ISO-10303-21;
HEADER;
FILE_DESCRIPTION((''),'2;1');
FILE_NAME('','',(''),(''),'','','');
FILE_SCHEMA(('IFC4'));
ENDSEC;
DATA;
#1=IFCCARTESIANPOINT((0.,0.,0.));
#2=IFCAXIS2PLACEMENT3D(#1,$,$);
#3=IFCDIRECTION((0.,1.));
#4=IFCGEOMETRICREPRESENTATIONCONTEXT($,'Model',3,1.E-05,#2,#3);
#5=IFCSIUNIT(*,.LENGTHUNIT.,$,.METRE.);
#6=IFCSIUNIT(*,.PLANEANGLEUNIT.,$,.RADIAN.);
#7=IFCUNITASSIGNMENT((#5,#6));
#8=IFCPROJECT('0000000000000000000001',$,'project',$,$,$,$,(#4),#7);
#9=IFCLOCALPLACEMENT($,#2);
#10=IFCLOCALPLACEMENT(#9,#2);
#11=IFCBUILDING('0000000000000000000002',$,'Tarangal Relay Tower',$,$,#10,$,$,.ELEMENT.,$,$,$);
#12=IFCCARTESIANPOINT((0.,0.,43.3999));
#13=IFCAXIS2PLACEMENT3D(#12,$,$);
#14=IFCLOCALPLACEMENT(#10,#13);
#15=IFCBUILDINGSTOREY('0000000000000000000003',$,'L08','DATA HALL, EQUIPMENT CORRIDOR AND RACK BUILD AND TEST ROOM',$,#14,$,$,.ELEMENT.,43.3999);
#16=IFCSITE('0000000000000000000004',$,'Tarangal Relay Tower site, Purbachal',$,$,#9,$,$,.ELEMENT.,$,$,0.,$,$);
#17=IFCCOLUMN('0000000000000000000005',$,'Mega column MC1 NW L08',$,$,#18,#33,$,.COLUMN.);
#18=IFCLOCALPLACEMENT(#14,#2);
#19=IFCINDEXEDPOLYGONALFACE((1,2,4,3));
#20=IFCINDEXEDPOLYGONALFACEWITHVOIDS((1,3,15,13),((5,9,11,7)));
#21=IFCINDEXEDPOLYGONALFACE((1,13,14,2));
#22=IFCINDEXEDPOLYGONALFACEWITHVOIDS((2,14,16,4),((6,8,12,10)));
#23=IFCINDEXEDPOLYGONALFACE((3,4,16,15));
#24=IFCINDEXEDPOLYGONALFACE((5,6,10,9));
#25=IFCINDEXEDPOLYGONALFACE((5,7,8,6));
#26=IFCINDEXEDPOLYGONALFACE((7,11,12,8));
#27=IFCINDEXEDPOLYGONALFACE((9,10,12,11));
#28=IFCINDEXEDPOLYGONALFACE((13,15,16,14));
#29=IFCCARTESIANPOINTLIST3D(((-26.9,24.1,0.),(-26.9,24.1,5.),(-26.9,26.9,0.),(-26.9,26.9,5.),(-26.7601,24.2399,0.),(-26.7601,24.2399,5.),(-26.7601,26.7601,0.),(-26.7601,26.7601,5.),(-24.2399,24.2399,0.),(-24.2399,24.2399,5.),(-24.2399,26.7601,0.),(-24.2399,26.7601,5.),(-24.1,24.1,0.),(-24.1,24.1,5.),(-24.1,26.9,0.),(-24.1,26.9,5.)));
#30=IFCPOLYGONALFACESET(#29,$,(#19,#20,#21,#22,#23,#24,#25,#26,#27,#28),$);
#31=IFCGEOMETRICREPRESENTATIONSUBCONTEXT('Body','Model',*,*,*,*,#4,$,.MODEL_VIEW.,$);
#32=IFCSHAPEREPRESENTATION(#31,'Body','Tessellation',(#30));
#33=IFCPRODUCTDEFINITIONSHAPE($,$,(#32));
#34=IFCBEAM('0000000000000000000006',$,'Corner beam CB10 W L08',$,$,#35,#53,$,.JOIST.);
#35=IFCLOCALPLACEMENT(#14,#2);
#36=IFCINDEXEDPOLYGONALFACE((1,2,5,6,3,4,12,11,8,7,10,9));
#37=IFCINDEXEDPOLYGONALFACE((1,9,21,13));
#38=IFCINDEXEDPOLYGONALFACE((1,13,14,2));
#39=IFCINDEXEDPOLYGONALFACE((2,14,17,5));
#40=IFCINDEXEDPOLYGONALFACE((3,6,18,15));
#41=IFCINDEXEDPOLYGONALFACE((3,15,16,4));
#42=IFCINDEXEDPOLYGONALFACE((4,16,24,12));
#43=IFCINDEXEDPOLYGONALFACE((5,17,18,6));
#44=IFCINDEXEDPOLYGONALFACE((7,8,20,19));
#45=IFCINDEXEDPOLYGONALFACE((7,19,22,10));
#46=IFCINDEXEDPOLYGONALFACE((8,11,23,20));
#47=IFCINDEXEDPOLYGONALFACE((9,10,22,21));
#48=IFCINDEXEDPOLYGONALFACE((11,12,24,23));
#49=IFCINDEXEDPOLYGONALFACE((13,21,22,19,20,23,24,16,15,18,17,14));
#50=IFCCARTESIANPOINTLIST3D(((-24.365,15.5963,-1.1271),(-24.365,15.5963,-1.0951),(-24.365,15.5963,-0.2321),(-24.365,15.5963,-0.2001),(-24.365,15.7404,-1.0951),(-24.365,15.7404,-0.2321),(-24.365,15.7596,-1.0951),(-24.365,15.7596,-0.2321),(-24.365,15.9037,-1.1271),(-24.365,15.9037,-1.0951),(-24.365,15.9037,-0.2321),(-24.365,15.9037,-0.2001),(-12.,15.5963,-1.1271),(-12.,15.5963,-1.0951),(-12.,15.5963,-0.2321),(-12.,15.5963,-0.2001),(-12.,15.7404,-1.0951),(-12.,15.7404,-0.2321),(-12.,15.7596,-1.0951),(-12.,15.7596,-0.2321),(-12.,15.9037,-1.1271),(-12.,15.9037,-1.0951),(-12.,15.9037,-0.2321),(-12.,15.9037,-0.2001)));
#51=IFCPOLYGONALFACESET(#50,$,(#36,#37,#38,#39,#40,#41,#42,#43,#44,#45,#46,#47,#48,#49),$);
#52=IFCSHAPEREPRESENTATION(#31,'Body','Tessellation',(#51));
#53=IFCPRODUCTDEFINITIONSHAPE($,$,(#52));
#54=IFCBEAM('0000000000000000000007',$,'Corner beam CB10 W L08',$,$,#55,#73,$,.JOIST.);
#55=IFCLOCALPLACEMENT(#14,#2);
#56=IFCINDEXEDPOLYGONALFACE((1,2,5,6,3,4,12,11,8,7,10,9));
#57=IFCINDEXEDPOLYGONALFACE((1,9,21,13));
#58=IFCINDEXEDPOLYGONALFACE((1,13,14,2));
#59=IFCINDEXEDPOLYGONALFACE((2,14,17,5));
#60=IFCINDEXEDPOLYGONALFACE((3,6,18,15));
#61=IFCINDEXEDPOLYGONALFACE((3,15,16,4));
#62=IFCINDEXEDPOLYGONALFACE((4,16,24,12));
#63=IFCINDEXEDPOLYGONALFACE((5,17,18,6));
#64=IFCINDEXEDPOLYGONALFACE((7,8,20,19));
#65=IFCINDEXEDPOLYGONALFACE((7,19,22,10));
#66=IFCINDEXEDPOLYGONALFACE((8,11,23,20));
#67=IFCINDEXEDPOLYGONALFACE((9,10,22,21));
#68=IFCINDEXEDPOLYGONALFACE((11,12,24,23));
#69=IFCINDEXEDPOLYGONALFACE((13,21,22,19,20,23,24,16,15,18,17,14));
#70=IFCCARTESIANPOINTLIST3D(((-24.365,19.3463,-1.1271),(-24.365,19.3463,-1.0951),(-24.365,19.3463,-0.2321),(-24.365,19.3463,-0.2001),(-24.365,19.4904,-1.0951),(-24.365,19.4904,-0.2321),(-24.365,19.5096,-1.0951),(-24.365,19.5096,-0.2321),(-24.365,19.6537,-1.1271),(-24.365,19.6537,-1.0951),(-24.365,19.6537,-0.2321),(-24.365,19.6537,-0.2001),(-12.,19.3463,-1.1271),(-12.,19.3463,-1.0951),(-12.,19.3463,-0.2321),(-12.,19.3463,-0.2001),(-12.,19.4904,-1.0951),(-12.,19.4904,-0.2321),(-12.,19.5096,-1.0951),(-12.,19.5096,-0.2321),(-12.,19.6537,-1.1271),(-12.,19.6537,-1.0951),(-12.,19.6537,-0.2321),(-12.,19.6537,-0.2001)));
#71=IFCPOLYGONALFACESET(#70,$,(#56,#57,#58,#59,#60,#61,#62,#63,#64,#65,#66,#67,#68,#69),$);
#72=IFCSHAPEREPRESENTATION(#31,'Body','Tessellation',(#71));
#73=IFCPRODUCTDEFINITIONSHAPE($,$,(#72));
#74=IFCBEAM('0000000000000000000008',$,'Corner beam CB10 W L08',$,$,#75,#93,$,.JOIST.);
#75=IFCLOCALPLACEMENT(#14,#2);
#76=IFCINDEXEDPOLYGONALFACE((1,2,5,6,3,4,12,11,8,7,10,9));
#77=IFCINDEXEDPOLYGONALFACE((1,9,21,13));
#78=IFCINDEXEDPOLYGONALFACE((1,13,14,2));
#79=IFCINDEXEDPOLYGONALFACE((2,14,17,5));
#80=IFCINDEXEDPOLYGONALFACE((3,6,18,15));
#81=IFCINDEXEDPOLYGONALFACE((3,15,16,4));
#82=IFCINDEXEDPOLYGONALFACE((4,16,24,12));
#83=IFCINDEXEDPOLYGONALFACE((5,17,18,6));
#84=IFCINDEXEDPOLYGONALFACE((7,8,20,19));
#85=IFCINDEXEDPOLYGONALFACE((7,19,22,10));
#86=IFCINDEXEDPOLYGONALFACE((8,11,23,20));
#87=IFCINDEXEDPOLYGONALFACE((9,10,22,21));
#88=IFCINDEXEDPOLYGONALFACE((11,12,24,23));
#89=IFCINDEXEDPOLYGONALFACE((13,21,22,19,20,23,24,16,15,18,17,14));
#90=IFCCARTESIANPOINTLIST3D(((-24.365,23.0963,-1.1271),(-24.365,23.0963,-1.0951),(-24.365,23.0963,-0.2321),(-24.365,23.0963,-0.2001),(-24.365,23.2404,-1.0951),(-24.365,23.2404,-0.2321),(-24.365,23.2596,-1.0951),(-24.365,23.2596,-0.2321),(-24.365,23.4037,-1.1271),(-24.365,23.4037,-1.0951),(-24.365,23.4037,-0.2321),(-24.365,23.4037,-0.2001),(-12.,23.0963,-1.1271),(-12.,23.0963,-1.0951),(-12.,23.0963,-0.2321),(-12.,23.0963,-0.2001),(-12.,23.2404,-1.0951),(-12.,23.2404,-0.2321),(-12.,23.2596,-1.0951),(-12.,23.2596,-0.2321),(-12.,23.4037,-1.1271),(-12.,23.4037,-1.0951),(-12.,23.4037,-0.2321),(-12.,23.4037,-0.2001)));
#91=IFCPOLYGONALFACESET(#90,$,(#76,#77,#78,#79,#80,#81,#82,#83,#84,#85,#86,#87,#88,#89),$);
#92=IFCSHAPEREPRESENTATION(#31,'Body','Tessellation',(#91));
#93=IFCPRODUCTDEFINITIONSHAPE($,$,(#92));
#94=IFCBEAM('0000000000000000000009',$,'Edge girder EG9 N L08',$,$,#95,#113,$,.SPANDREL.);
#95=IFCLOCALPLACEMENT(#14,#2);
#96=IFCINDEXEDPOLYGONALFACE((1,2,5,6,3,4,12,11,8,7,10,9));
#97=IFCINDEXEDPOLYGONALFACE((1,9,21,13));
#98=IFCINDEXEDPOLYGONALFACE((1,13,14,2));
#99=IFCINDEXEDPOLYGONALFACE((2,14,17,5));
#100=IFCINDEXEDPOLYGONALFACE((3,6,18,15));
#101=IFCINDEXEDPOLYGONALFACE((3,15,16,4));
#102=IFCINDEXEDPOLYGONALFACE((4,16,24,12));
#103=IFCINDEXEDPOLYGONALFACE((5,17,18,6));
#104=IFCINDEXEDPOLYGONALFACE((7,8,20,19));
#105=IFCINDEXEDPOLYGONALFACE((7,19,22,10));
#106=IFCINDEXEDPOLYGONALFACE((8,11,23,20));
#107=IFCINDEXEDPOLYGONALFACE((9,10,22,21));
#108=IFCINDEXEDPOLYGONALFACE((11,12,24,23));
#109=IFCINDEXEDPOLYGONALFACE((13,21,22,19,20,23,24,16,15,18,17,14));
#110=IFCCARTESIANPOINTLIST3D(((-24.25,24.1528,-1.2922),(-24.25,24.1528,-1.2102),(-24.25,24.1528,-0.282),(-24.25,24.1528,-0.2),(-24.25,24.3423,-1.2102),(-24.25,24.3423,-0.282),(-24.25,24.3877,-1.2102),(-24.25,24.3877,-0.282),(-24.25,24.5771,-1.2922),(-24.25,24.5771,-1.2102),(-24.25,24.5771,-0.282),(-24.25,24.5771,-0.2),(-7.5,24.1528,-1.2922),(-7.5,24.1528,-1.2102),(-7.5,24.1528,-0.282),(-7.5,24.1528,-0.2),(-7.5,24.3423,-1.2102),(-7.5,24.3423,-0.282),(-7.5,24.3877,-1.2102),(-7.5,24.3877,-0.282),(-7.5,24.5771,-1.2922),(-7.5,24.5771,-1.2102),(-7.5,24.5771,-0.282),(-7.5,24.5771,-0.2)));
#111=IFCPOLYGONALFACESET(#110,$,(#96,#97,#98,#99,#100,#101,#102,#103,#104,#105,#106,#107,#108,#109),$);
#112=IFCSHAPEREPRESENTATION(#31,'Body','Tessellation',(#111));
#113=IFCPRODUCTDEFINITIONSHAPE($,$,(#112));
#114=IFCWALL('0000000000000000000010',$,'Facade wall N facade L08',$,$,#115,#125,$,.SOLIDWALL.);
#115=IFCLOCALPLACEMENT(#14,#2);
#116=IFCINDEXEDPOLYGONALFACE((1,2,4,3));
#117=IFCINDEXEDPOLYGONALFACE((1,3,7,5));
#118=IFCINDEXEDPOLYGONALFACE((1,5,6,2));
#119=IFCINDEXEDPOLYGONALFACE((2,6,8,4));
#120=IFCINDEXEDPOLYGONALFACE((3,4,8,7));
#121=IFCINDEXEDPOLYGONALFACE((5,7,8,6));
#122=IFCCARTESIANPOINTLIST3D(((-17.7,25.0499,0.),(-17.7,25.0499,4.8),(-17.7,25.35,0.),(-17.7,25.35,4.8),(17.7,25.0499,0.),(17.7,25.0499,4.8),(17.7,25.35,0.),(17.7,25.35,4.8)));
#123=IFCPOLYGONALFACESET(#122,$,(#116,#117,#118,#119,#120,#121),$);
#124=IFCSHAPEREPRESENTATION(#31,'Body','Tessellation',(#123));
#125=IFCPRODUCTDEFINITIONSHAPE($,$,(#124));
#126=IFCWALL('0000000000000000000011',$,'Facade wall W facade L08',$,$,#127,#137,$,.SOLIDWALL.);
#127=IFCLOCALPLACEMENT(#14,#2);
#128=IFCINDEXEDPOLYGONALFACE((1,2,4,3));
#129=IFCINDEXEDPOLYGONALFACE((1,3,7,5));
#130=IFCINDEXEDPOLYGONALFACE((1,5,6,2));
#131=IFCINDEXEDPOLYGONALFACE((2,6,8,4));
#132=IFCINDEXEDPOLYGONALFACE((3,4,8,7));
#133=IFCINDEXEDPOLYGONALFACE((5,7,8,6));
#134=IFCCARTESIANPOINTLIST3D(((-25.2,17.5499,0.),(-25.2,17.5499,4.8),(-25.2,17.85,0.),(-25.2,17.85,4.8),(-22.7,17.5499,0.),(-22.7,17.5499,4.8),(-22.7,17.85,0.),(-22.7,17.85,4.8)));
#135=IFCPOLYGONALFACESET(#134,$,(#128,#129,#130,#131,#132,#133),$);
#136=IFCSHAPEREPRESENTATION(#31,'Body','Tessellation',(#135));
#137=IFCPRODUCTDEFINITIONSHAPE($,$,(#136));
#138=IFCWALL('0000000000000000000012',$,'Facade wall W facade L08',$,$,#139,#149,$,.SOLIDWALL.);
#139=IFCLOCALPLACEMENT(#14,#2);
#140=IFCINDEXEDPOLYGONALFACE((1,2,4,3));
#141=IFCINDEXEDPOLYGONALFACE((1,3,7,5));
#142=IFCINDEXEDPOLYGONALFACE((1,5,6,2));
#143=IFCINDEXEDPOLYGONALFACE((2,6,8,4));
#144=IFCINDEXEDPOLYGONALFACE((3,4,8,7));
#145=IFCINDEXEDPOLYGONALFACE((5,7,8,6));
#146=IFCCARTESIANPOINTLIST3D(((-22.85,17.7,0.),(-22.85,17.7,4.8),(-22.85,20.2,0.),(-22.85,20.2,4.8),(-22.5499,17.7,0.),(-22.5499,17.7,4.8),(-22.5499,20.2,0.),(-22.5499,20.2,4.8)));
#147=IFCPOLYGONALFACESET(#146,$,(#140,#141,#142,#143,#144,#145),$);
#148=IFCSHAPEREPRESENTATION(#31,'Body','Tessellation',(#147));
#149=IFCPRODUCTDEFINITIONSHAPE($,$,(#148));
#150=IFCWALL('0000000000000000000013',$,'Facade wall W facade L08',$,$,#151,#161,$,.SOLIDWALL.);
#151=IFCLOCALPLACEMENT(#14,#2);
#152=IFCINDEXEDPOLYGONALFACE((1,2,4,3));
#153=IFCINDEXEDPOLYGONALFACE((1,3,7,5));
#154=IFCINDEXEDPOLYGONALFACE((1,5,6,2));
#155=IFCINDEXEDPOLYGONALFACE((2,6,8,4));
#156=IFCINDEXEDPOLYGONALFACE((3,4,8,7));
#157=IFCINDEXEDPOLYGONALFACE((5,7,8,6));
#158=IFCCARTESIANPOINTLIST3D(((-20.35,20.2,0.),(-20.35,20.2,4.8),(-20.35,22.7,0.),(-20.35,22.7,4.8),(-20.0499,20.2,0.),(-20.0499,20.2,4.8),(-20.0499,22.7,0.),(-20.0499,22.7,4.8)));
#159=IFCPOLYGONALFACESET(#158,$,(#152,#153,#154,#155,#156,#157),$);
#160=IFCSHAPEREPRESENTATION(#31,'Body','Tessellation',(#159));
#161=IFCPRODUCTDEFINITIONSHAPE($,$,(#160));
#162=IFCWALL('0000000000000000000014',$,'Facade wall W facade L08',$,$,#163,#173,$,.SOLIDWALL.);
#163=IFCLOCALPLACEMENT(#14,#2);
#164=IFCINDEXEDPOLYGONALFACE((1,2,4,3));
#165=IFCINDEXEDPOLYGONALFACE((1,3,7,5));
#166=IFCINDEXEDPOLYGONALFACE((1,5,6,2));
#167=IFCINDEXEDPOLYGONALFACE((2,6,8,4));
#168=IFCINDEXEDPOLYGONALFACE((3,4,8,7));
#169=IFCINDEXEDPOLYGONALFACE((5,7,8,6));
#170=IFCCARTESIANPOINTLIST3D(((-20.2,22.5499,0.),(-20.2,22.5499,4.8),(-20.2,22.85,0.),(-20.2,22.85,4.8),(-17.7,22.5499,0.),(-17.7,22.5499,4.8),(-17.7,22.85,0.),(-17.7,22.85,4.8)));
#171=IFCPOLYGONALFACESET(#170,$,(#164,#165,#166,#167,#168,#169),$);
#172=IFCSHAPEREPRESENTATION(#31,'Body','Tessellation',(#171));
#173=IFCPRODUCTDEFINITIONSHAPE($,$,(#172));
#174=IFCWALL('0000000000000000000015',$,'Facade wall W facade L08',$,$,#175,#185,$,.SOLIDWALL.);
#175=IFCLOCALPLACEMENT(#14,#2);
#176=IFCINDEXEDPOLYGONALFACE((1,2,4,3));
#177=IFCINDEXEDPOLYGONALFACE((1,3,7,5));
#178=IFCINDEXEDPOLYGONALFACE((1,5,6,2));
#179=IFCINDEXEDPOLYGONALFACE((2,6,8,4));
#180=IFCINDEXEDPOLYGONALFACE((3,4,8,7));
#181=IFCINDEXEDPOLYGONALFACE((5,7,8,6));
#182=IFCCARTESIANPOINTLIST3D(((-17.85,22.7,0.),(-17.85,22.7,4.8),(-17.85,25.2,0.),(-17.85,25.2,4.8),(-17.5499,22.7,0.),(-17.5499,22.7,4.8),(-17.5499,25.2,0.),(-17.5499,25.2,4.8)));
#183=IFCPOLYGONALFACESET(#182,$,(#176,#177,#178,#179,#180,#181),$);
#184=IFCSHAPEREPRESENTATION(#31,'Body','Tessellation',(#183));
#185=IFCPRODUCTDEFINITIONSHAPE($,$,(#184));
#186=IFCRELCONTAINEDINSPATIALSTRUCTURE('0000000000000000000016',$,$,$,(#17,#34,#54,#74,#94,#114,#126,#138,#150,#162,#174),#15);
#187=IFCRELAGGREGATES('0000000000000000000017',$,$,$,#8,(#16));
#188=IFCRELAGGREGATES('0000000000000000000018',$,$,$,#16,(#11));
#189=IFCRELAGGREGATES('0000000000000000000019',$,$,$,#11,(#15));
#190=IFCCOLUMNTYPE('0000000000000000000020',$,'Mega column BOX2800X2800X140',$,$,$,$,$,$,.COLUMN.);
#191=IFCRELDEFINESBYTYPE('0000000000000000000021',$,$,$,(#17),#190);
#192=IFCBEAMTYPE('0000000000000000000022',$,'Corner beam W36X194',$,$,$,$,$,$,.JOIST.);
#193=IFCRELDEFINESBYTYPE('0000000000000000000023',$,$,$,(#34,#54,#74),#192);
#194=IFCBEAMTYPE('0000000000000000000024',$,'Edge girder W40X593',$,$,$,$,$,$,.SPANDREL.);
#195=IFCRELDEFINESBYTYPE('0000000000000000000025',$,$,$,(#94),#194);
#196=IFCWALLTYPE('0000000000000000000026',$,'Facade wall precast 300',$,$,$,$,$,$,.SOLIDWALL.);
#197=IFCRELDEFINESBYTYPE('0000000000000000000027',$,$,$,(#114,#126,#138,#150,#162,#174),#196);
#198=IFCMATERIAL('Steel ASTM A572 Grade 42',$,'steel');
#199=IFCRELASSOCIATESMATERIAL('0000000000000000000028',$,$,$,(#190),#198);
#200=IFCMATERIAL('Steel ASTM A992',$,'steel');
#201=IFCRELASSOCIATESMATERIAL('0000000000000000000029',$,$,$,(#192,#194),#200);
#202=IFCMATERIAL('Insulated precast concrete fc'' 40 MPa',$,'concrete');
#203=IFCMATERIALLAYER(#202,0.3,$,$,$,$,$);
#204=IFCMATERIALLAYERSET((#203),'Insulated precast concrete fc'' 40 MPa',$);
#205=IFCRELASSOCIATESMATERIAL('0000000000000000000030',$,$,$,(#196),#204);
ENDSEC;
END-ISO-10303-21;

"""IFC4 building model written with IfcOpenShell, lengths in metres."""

from ifc_helpers import new_model, si_unit, direction, frame, frame_2d, origin, origin_2d, place, context, subcontext, project, spatial, rectangle, hollow_rectangle, i_section, extrude, material, layer, layer_set, material_profile, profile_set, type_object, element, save


model = new_model("IFC4")

# Units and contexts
model_context = context("Model", 3, precision=1e-05, world=origin(), true_north=direction((0.0, 1.0)))
body_context = subcontext(model_context, "Body", "Model", "MODEL_VIEW")
ifc_project = project(units=[si_unit("LENGTHUNIT", "METRE"), si_unit("PLANEANGLEUNIT", "RADIAN")], contexts=[model_context])

# Site, building, storey
site_placement = place(None, origin())
site = spatial("IfcSite", under=ifc_project, at=site_placement, Name="Tarangal Relay Tower site, Purbachal", CompositionType="ELEMENT", RefElevation=0.0)
building_placement = place(site_placement, origin())
building = spatial("IfcBuilding", under=site, at=building_placement, Name="Tarangal Relay Tower", CompositionType="ELEMENT")
storey_placement = place(building_placement, frame((0.0, 0.0, 43.3999)))
storey = spatial("IfcBuildingStorey", under=building, at=storey_placement, Name="L08", Description="DATA HALL, EQUIPMENT CORRIDOR AND RACK BUILD AND TEST ROOM", CompositionType="ELEMENT", Elevation=43.3999)

# Column
ifc_material_1 = material(Name="Steel ASTM A572 Grade 42", Category="steel")
ifc_material_profile_1 = material_profile(ifc_material_1, hollow_rectangle(XDim=2.8, YDim=2.8, WallThickness=0.1399, at=origin_2d()), Name="BOX2800X2800X140")
ifc_profile_set_1 = profile_set([ifc_material_profile_1], Name="Steel ASTM A572 Grade 42")
column_type = type_object("IfcColumnType", Name="Mega column BOX2800X2800X140", PredefinedType="COLUMN", material=ifc_profile_set_1)
column_placement = place(storey_placement, frame((-25.5, 25.5, 0.0), z_axis=(0.0, 0.0, 1.0), x_axis=(1.0, 0.0, 0.0)))
element("IfcColumn", 1, at=column_placement, inside=storey, type_object=column_type, Name="Mega column MC1 NW L08", PredefinedType="COLUMN", context=body_context, shape_type="SweptSolid", body=[
    extrude(hollow_rectangle(XDim=2.8, YDim=2.8, WallThickness=0.1399, at=origin_2d()), origin(), (0.0, 0.0, 1.0), 5.0),
])

# Beams
ifc_material_2 = material(Name="Steel ASTM A992", Category="steel")
ifc_material_profile_2 = material_profile(ifc_material_2, i_section(OverallWidth=0.3074, OverallDepth=0.927, WebThickness=0.0193, FlangeThickness=0.032, at=origin_2d()), Name="W36X194")
ifc_profile_set_2 = profile_set([ifc_material_profile_2], Name="Steel ASTM A992")
beam_type_1 = type_object("IfcBeamType", Name="Corner beam W36X194", PredefinedType="JOIST", material=ifc_profile_set_2)
for number, where, z_axis, x_axis, name in (
    (2, (-12.0, 15.75, -0.6636), (-1.0, 0.0, 0.0), (0.0, -1.0, 0.0), "Corner beam CB10 W L08"),
    (3, (-12.0, 19.5, -0.6636), (-1.0, 0.0, 0.0), (0.0, -1.0, 0.0), "Corner beam CB10 W L08"),
    (4, (-12.0, 23.25, -0.6636), (-1.0, 0.0, 0.0), (0.0, -1.0, 0.0), "Corner beam CB10 W L08"),
):
    element("IfcBeam", number, at=place(storey_placement, frame(where, z_axis=z_axis, x_axis=x_axis)), inside=storey, type_object=beam_type_1, Name=name, PredefinedType="JOIST", context=body_context, shape_type="SweptSolid", body=[
        extrude(i_section(OverallWidth=0.3074, OverallDepth=0.927, WebThickness=0.0193, FlangeThickness=0.032, at=origin_2d()), origin(), (0.0, 0.0, 1.0), 12.365),
    ])
ifc_material_profile_3 = material_profile(ifc_material_2, i_section(OverallWidth=0.4243, OverallDepth=1.0923, WebThickness=0.0454, FlangeThickness=0.082, at=origin_2d()), Name="W40X593")
ifc_profile_set_3 = profile_set([ifc_material_profile_3], Name="Steel ASTM A992")
beam_type_2 = type_object("IfcBeamType", Name="Edge girder W40X593", PredefinedType="SPANDREL", material=ifc_profile_set_3)
beam_placement = place(storey_placement, frame((-24.25, 24.365, -0.7461), z_axis=(1.0, 0.0, 0.0), x_axis=(0.0, 1.0, 0.0)))
element("IfcBeam", 5, at=beam_placement, inside=storey, type_object=beam_type_2, Name="Edge girder EG9 N L08", PredefinedType="SPANDREL", context=body_context, shape_type="SweptSolid", body=[
    extrude(i_section(OverallWidth=0.4243, OverallDepth=1.0923, WebThickness=0.0454, FlangeThickness=0.082, at=origin_2d()), origin(), (0.0, 0.0, 1.0), 16.75),
])

# Walls
ifc_material_3 = material(Name="Insulated precast concrete fc' 40 MPa", Category="concrete")
ifc_layer_1 = layer(ifc_material_3, 0.3)
ifc_layer_set_1 = layer_set([ifc_layer_1], Name="Insulated precast concrete fc' 40 MPa")
wall_type_1 = type_object("IfcWallType", Name="Facade wall precast 300", PredefinedType="SOLIDWALL", material=ifc_layer_set_1)
wall_1_placement = place(storey_placement, frame((-17.7, 25.2, 0.0), z_axis=(0.0, 0.0, 1.0), x_axis=(1.0, 0.0, 0.0)))
element("IfcWall", 6, at=wall_1_placement, inside=storey, type_object=wall_type_1, Name="Facade wall N facade L08", PredefinedType="SOLIDWALL", context=body_context, shape_type="SweptSolid", body=[
    extrude(rectangle(XDim=35.3999, YDim=0.3, at=frame_2d((17.7, 0.0))), origin(), (0.0, 0.0, 1.0), 4.8),
])
for number, where, z_axis, x_axis, name in (
    (7, (-25.2, 17.7, 0.0), (0.0, 0.0, 1.0), (1.0, 0.0, 0.0), "Facade wall W facade L08"),
    (8, (-22.7, 17.7, 0.0), (0.0, 0.0, 1.0), (0.0, 1.0, 0.0), "Facade wall W facade L08"),
):
    element("IfcWall", number, at=place(storey_placement, frame(where, z_axis=z_axis, x_axis=x_axis)), inside=storey, type_object=wall_type_1, Name=name, PredefinedType="SOLIDWALL", context=body_context, shape_type="SweptSolid", body=[
        extrude(rectangle(XDim=2.5, YDim=0.3, at=frame_2d((1.25, 0.0))), origin(), (0.0, 0.0, 1.0), 4.8),
    ])

# Walls
for number, where, z_axis, x_axis, name in (
    (9, (-20.2, 20.2, 0.0), (0.0, 0.0, 1.0), (0.0, 1.0, 0.0), "Facade wall W facade L08"),
    (10, (-20.2, 22.7, 0.0), (0.0, 0.0, 1.0), (1.0, 0.0, 0.0), "Facade wall W facade L08"),
    (11, (-17.7, 22.7, 0.0), (0.0, 0.0, 1.0), (0.0, 1.0, 0.0), "Facade wall W facade L08"),
):
    element("IfcWall", number, at=place(storey_placement, frame(where, z_axis=z_axis, x_axis=x_axis)), inside=storey, type_object=wall_type_1, Name=name, PredefinedType="SOLIDWALL", context=body_context, shape_type="SweptSolid", body=[
        extrude(rectangle(XDim=2.5, YDim=0.3, at=frame_2d((1.25, 0.0))), origin(), (0.0, 0.0, 1.0), 4.8),
    ])

save(model, "model.ifc")
